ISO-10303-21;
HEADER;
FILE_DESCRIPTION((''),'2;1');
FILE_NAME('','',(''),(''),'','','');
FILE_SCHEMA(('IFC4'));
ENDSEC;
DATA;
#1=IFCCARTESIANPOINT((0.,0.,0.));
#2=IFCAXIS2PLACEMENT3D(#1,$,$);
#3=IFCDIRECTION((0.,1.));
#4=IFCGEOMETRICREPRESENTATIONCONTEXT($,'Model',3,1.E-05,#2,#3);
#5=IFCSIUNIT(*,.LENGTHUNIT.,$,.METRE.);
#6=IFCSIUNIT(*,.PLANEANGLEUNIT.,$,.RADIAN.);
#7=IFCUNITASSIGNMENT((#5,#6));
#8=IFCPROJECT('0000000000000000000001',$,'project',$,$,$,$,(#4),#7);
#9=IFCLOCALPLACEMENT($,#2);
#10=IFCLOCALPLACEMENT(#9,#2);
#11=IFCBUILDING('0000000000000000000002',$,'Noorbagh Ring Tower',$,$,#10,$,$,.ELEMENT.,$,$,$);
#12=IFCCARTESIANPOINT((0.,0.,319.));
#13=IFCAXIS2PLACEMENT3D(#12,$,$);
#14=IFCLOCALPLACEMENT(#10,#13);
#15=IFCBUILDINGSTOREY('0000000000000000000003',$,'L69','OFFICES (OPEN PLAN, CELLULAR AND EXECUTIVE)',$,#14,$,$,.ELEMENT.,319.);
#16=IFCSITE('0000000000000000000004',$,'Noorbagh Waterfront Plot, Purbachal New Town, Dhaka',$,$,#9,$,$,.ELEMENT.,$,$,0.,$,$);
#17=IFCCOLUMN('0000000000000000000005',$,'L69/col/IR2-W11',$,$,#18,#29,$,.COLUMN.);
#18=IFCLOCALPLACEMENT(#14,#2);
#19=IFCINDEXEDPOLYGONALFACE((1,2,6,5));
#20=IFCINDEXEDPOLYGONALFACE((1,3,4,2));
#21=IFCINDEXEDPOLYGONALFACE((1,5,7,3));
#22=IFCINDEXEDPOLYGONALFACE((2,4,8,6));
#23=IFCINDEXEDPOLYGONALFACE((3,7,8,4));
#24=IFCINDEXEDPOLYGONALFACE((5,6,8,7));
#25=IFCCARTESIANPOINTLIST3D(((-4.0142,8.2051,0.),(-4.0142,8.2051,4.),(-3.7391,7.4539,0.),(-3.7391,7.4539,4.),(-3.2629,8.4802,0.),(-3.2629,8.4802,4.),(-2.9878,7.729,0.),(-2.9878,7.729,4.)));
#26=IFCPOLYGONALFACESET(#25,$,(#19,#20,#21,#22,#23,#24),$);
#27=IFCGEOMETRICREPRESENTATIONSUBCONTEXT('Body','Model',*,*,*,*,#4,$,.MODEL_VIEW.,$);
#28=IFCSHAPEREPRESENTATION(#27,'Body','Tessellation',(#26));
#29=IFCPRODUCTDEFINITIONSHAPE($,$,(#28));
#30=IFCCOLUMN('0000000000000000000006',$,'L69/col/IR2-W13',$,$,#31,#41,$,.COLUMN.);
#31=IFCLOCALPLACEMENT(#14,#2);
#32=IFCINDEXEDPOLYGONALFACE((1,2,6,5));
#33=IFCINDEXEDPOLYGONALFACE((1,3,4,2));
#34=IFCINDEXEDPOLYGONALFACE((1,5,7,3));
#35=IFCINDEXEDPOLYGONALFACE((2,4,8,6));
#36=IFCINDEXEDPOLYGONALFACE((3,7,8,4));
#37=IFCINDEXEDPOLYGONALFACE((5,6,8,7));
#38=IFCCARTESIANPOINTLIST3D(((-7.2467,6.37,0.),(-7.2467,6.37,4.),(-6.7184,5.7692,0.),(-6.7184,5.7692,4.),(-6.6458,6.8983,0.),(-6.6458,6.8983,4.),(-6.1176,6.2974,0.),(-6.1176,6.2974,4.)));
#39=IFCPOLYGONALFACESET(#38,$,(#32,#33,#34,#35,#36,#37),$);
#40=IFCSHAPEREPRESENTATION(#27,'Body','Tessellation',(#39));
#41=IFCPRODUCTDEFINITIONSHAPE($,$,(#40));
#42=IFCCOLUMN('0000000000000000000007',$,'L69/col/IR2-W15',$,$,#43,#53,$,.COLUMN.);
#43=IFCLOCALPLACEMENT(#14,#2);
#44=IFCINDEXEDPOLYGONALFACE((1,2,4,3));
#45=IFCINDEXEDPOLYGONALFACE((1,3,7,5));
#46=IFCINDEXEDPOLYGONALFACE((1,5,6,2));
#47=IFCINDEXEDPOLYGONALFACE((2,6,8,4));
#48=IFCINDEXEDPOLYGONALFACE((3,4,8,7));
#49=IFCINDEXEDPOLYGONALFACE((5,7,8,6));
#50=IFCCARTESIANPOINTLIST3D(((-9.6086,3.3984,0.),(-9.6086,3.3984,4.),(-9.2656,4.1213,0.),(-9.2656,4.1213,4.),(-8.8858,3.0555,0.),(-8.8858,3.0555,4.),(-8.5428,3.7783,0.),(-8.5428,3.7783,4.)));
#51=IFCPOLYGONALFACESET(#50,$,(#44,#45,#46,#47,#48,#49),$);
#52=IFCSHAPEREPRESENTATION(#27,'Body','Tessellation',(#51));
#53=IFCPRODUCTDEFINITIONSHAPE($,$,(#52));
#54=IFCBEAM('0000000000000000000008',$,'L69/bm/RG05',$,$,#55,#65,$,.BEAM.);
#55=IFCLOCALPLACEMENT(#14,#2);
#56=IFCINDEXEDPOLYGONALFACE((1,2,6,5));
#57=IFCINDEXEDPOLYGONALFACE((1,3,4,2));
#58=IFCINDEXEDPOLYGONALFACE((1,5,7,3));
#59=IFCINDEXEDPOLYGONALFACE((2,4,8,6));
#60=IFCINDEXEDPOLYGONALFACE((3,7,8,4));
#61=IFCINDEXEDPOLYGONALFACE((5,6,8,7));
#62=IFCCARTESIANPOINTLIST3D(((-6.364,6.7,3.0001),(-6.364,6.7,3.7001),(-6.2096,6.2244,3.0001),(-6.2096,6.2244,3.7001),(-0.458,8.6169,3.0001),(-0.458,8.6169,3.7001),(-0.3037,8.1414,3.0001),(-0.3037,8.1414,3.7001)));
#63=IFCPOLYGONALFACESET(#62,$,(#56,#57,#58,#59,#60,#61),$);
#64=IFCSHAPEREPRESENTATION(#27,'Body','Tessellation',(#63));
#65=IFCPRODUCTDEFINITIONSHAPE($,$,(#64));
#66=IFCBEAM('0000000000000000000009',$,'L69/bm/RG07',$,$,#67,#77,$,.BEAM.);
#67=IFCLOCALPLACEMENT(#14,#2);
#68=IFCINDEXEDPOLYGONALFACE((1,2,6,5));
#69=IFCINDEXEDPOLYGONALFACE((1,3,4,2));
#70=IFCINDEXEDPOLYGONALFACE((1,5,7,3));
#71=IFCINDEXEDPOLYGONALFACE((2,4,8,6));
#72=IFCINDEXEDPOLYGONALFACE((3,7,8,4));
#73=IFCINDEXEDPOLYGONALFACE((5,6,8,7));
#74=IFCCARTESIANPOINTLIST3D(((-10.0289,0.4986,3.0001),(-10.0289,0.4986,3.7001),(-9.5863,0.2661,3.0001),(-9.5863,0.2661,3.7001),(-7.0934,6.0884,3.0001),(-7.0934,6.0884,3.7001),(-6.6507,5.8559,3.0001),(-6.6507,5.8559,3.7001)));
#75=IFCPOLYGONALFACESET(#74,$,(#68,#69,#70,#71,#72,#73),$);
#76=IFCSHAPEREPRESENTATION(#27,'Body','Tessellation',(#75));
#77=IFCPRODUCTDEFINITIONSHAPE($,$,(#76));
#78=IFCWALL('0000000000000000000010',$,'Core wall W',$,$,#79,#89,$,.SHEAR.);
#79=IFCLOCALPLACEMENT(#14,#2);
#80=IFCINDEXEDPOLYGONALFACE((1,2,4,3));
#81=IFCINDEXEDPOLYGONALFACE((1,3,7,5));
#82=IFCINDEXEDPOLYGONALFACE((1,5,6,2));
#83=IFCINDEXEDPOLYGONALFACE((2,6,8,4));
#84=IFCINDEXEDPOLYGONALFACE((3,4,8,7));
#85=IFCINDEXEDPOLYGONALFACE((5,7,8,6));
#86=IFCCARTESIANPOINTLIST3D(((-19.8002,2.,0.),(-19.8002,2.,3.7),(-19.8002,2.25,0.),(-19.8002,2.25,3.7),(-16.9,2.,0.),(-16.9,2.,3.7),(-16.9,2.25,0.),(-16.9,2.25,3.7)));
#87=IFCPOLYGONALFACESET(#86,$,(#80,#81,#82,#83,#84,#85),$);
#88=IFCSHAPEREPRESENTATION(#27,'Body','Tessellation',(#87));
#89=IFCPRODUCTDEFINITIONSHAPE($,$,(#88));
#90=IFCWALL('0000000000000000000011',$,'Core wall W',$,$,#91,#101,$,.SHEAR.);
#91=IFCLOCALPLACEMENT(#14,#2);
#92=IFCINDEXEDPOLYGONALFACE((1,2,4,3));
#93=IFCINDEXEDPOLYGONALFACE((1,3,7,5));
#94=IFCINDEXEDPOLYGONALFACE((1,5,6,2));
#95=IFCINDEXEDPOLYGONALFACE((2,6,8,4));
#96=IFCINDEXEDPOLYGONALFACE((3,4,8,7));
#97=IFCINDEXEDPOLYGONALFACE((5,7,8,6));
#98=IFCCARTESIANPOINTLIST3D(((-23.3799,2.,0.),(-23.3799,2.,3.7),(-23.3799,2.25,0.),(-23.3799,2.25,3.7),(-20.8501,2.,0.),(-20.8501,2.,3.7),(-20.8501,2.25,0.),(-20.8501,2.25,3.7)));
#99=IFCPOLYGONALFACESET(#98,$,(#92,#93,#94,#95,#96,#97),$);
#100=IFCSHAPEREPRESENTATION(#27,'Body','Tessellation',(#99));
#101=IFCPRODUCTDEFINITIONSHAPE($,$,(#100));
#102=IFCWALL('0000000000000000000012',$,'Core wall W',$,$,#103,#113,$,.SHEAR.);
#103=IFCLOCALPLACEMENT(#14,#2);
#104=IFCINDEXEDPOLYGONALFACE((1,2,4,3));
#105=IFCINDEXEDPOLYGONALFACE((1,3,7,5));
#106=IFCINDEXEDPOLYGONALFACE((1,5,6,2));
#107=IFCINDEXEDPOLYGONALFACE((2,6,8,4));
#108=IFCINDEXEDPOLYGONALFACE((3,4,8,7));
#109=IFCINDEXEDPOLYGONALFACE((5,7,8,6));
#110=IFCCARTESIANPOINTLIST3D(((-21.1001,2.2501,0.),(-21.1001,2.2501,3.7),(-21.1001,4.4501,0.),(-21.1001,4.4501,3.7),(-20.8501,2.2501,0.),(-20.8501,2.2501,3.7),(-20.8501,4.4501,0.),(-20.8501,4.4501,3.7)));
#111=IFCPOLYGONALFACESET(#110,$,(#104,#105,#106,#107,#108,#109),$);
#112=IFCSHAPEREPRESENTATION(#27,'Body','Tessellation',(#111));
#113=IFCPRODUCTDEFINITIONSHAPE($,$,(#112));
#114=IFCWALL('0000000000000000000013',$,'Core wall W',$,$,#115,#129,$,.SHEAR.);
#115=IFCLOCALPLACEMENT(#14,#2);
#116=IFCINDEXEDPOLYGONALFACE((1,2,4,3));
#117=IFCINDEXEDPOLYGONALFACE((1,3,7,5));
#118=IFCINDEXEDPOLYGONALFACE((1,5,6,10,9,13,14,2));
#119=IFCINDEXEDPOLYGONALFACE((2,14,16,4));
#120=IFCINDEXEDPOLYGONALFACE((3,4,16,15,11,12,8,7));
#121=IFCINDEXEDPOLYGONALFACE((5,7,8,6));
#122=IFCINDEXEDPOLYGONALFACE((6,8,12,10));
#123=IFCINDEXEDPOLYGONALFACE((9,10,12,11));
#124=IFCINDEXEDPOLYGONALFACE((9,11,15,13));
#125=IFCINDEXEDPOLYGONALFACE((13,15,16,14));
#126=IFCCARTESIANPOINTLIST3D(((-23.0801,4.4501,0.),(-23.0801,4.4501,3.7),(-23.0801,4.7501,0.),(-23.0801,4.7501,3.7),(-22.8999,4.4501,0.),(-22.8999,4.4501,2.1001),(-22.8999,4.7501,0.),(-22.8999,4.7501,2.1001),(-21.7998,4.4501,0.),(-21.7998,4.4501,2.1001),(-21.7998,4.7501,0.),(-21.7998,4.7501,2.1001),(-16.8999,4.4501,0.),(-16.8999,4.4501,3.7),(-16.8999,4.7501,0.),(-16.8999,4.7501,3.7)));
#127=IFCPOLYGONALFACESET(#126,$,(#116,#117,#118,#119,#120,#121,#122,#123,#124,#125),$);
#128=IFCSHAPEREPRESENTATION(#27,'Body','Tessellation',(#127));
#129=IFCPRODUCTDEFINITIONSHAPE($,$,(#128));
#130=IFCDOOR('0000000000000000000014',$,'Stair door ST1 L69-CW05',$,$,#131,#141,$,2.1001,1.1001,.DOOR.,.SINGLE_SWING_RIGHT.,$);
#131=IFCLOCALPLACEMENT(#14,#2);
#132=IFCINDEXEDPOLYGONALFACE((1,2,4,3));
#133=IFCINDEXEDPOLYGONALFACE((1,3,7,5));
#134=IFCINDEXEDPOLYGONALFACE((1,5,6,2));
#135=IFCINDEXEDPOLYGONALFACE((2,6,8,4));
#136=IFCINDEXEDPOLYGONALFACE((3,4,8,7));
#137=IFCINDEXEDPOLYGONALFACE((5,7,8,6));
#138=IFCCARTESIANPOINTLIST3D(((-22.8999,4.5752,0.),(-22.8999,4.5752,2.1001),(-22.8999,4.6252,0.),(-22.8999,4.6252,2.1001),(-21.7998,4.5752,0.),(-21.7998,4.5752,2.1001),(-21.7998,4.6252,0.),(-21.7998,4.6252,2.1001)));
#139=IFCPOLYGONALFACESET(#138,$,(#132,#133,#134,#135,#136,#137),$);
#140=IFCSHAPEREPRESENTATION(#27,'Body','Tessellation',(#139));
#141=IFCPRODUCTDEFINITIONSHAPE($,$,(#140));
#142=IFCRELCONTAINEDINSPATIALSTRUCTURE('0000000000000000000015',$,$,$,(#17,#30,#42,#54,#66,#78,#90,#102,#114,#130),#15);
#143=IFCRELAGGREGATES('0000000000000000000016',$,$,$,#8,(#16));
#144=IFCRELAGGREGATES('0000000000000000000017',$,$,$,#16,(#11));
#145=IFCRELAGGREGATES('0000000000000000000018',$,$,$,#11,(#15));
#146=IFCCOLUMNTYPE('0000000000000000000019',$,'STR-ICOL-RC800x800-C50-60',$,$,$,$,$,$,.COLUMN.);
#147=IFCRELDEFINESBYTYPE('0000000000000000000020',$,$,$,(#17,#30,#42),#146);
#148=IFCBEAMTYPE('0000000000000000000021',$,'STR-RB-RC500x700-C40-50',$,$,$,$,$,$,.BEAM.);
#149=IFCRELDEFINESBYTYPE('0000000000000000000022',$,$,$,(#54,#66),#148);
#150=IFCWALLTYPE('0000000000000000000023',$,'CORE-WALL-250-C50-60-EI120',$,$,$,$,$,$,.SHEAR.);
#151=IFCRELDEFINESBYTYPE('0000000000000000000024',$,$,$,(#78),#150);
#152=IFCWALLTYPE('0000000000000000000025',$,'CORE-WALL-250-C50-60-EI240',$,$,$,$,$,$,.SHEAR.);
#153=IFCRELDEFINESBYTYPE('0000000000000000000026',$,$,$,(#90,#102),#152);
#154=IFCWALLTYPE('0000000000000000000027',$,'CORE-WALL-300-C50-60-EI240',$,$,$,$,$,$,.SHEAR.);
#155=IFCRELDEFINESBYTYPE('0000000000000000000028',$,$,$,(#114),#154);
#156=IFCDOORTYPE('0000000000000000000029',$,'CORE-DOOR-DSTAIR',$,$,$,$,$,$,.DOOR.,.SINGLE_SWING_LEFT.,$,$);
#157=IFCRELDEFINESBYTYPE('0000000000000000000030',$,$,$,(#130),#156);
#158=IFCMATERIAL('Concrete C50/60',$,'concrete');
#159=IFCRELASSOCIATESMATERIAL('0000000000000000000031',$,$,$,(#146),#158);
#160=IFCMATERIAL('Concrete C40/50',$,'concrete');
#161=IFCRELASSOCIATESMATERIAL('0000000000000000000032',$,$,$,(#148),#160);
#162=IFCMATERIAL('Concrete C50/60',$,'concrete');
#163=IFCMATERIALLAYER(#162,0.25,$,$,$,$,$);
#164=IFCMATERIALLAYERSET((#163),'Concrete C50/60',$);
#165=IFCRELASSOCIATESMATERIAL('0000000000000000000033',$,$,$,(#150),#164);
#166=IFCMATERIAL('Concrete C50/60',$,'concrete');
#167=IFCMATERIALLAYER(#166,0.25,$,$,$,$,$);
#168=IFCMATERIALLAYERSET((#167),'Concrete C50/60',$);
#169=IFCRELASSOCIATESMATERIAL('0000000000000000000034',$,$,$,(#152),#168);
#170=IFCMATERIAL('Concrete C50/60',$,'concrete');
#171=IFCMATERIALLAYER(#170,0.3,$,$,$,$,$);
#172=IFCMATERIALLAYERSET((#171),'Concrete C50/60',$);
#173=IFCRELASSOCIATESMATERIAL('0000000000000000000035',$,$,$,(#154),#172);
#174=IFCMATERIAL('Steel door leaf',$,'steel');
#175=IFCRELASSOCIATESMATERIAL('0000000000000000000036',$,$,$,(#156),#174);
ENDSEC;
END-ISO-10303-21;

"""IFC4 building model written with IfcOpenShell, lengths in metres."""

from ifc_helpers import new_model, si_unit, direction, frame, frame_2d, origin, origin_2d, place, context, subcontext, project, spatial, rectangle, extrude, material, layer, layer_set, material_profile, profile_set, type_object, element, fill, save


model = new_model("IFC4")

# Units and contexts
model_context = context("Model", 3, precision=1e-05, world=origin(), true_north=direction((0.0, 1.0)))
body_context = subcontext(model_context, "Body", "Model", "MODEL_VIEW")
ifc_project = project(units=[si_unit("LENGTHUNIT", "METRE"), si_unit("PLANEANGLEUNIT", "RADIAN")], contexts=[model_context])

# Site, building, storey
site_placement = place(None, origin())
site = spatial("IfcSite", under=ifc_project, at=site_placement, Name="Noorbagh Waterfront Plot, Purbachal New Town, Dhaka", CompositionType="ELEMENT", RefElevation=0.0)
building_placement = place(site_placement, origin())
building = spatial("IfcBuilding", under=site, at=building_placement, Name="Noorbagh Ring Tower", CompositionType="ELEMENT")
storey_placement = place(building_placement, frame((0.0, 0.0, 319.0)))
storey = spatial("IfcBuildingStorey", under=building, at=storey_placement, Name="L69", Description="OFFICES (OPEN PLAN, CELLULAR AND EXECUTIVE)", CompositionType="ELEMENT", Elevation=319.0)

# Columns
ifc_material_1 = material(Name="Concrete C50/60", Category="concrete")
ifc_material_profile_1 = material_profile(ifc_material_1, rectangle(XDim=0.8, YDim=0.8, at=origin_2d()), Name="RC800x800")
ifc_profile_set_1 = profile_set([ifc_material_profile_1], Name="Concrete C50/60")
column_type = type_object("IfcColumnType", Name="STR-ICOL-RC800x800-C50-60", PredefinedType="COLUMN", material=ifc_profile_set_1)
for number, where, z_axis, x_axis, name in (
    (1, (-3.501, 7.967, 0.0), (0.0, 0.0, 1.0), (-0.93902, -0.343864, 0.0), "L69/col/IR2-W11"),
    (2, (-6.6821, 6.3337, 0.0), (0.0, 0.0, 1.0), (-0.751022, -0.660277, 0.0), "L69/col/IR2-W13"),
    (3, (-9.0757, 3.5884, 0.0), (0.0, 0.0, 1.0), (-0.428667, -0.903463, 0.0), "L69/col/IR2-W15"),
):
    element("IfcColumn", number, at=place(storey_placement, frame(where, z_axis=z_axis, x_axis=x_axis)), inside=storey, type_object=column_type, Name=name, PredefinedType="COLUMN", context=body_context, shape_type="SweptSolid", body=[
        extrude(rectangle(XDim=0.8, YDim=0.8, at=origin_2d()), origin(), (0.0, 0.0, 1.0), 4.0),
    ])

# Beams
ifc_material_2 = material(Name="Concrete C40/50", Category="concrete")
ifc_material_profile_2 = material_profile(ifc_material_2, rectangle(XDim=0.5, YDim=0.7, at=origin_2d()), Name="RC500x700")
ifc_profile_set_2 = profile_set([ifc_material_profile_2], Name="Concrete C40/50")
beam_type = type_object("IfcBeamType", Name="STR-RB-RC500x700-C40-50", PredefinedType="BEAM", material=ifc_profile_set_2)
beam_1_placement = place(storey_placement, frame((-0.3809, 8.3792, 3.3501), z_axis=(-0.95115, -0.308728, 0.0), x_axis=(0.308728, -0.95115, 0.0)))
element("IfcBeam", 4, at=beam_1_placement, inside=storey, type_object=beam_type, Name="L69/bm/RG05", PredefinedType="BEAM", context=body_context, shape_type="SweptSolid", body=[
    extrude(rectangle(XDim=0.5, YDim=0.7, at=origin_2d()), origin(), (0.0, 0.0, 1.0), 6.2092),
])
beam_2_placement = place(storey_placement, frame((-6.8721, 5.9722, 3.3501), z_axis=(-0.464943, -0.885341, 0.0), x_axis=(0.885341, -0.464943, 0.0)))
element("IfcBeam", 5, at=beam_2_placement, inside=storey, type_object=beam_type, Name="L69/bm/RG07", PredefinedType="BEAM", context=body_context, shape_type="SweptSolid", body=[
    extrude(rectangle(XDim=0.5, YDim=0.7, at=origin_2d()), origin(), (0.0, 0.0, 1.0), 6.3137),
])

# Walls
ifc_material_3 = material(Name="Concrete C50/60", Category="concrete")
ifc_layer_1 = layer(ifc_material_3, 0.25)
ifc_layer_set_1 = layer_set([ifc_layer_1], Name="Concrete C50/60")
wall_type_1 = type_object("IfcWallType", Name="CORE-WALL-250-C50-60-EI120", PredefinedType="SHEAR", material=ifc_layer_set_1)
wall_1_placement = place(storey_placement, frame((-16.8999, 2.125, 0.0), z_axis=(0.0, 0.0, 1.0), x_axis=(-1.0, 0.0, 0.0)))
element("IfcWall", 6, at=wall_1_placement, inside=storey, type_object=wall_type_1, Name="Core wall W", PredefinedType="SHEAR", context=body_context, shape_type="SweptSolid", body=[
    extrude(rectangle(XDim=2.9001, YDim=0.25, at=frame_2d((1.4502, 0.0))), origin(), (0.0, 0.0, 1.0), 3.7),
])
ifc_material_4 = material(Name="Concrete C50/60", Category="concrete")
ifc_layer_2 = layer(ifc_material_4, 0.25)
ifc_layer_set_2 = layer_set([ifc_layer_2], Name="Concrete C50/60")
wall_type_2 = type_object("IfcWallType", Name="CORE-WALL-250-C50-60-EI240", PredefinedType="SHEAR", material=ifc_layer_set_2)
wall_2_placement = place(storey_placement, frame((-20.8501, 2.125, 0.0), z_axis=(0.0, 0.0, 1.0), x_axis=(-1.0, 0.0, 0.0)))
element("IfcWall", 7, at=wall_2_placement, inside=storey, type_object=wall_type_2, Name="Core wall W", PredefinedType="SHEAR", context=body_context, shape_type="SweptSolid", body=[
    extrude(rectangle(XDim=2.5298, YDim=0.25, at=frame_2d((1.2649, 0.0))), origin(), (0.0, 0.0, 1.0), 3.7),
])
wall_3_placement = place(storey_placement, frame((-20.9751, 2.25, 0.0), z_axis=(0.0, 0.0, 1.0), x_axis=(0.0, 1.0, 0.0)))
element("IfcWall", 8, at=wall_3_placement, inside=storey, type_object=wall_type_2, Name="Core wall W", PredefinedType="SHEAR", context=body_context, shape_type="SweptSolid", body=[
    extrude(rectangle(XDim=2.2, YDim=0.25, at=frame_2d((1.1001, 0.0))), origin(), (0.0, 0.0, 1.0), 3.7),
])

# Wall, opening, door
ifc_material_5 = material(Name="Concrete C50/60", Category="concrete")
ifc_layer_3 = layer(ifc_material_5, 0.3)
ifc_layer_set_3 = layer_set([ifc_layer_3], Name="Concrete C50/60")
wall_type_3 = type_object("IfcWallType", Name="CORE-WALL-300-C50-60-EI240", PredefinedType="SHEAR", material=ifc_layer_set_3)
wall_4_placement = place(storey_placement, frame((-16.8999, 4.6001, 0.0), z_axis=(0.0, 0.0, 1.0), x_axis=(-1.0, 0.0, 0.0)))
wall_4 = element("IfcWall", 9, at=wall_4_placement, inside=storey, type_object=wall_type_3, Name="Core wall W", PredefinedType="SHEAR", context=body_context, shape_type="SweptSolid", body=[
    extrude(rectangle(XDim=6.1802, YDim=0.3, at=frame_2d((3.0901, 0.0))), origin(), (0.0, 0.0, 1.0), 3.7),
])
opening_1_placement = place(wall_4_placement, frame((4.8999, 0.0, 0.0)))
opening_1 = element("IfcOpeningElement", 10, at=opening_1_placement, cuts=wall_4, PredefinedType="OPENING", context=body_context, shape_type="SweptSolid", body=[
    extrude(rectangle(XDim=1.1001, YDim=2.1001, at=frame_2d((0.55, 1.05))), frame((0.0, 0.1602, 0.0), z_axis=(0.0, -1.0, 0.0), x_axis=(1.0, 0.0, 0.0)), (0.0, 0.0, 1.0), 0.3201),
])
ifc_material_6 = material(Name="Steel door leaf", Category="steel")
door_type_1 = type_object("IfcDoorType", Name="CORE-DOOR-DSTAIR", OperationType="SINGLE_SWING_LEFT", PredefinedType="DOOR", material=ifc_material_6)
door_1_placement = place(opening_1_placement, origin())
door_1 = element("IfcDoor", 11, at=door_1_placement, inside=storey, type_object=door_type_1, Name="Stair door ST1 L69-CW05", OperationType="SINGLE_SWING_RIGHT", OverallHeight=2.1001, OverallWidth=1.1001, PredefinedType="DOOR", context=body_context, shape_type="SweptSolid", body=[
    extrude(rectangle(XDim=1.1001, YDim=2.1001, at=frame_2d((0.55, 1.05))), frame((0.0, 0.0249, 0.0), z_axis=(0.0, -1.0, 0.0), x_axis=(1.0, 0.0, 0.0)), (0.0, 0.0, 1.0), 0.05),
])
fill(opening_1, door_1)

save(model, "model.ifc")
